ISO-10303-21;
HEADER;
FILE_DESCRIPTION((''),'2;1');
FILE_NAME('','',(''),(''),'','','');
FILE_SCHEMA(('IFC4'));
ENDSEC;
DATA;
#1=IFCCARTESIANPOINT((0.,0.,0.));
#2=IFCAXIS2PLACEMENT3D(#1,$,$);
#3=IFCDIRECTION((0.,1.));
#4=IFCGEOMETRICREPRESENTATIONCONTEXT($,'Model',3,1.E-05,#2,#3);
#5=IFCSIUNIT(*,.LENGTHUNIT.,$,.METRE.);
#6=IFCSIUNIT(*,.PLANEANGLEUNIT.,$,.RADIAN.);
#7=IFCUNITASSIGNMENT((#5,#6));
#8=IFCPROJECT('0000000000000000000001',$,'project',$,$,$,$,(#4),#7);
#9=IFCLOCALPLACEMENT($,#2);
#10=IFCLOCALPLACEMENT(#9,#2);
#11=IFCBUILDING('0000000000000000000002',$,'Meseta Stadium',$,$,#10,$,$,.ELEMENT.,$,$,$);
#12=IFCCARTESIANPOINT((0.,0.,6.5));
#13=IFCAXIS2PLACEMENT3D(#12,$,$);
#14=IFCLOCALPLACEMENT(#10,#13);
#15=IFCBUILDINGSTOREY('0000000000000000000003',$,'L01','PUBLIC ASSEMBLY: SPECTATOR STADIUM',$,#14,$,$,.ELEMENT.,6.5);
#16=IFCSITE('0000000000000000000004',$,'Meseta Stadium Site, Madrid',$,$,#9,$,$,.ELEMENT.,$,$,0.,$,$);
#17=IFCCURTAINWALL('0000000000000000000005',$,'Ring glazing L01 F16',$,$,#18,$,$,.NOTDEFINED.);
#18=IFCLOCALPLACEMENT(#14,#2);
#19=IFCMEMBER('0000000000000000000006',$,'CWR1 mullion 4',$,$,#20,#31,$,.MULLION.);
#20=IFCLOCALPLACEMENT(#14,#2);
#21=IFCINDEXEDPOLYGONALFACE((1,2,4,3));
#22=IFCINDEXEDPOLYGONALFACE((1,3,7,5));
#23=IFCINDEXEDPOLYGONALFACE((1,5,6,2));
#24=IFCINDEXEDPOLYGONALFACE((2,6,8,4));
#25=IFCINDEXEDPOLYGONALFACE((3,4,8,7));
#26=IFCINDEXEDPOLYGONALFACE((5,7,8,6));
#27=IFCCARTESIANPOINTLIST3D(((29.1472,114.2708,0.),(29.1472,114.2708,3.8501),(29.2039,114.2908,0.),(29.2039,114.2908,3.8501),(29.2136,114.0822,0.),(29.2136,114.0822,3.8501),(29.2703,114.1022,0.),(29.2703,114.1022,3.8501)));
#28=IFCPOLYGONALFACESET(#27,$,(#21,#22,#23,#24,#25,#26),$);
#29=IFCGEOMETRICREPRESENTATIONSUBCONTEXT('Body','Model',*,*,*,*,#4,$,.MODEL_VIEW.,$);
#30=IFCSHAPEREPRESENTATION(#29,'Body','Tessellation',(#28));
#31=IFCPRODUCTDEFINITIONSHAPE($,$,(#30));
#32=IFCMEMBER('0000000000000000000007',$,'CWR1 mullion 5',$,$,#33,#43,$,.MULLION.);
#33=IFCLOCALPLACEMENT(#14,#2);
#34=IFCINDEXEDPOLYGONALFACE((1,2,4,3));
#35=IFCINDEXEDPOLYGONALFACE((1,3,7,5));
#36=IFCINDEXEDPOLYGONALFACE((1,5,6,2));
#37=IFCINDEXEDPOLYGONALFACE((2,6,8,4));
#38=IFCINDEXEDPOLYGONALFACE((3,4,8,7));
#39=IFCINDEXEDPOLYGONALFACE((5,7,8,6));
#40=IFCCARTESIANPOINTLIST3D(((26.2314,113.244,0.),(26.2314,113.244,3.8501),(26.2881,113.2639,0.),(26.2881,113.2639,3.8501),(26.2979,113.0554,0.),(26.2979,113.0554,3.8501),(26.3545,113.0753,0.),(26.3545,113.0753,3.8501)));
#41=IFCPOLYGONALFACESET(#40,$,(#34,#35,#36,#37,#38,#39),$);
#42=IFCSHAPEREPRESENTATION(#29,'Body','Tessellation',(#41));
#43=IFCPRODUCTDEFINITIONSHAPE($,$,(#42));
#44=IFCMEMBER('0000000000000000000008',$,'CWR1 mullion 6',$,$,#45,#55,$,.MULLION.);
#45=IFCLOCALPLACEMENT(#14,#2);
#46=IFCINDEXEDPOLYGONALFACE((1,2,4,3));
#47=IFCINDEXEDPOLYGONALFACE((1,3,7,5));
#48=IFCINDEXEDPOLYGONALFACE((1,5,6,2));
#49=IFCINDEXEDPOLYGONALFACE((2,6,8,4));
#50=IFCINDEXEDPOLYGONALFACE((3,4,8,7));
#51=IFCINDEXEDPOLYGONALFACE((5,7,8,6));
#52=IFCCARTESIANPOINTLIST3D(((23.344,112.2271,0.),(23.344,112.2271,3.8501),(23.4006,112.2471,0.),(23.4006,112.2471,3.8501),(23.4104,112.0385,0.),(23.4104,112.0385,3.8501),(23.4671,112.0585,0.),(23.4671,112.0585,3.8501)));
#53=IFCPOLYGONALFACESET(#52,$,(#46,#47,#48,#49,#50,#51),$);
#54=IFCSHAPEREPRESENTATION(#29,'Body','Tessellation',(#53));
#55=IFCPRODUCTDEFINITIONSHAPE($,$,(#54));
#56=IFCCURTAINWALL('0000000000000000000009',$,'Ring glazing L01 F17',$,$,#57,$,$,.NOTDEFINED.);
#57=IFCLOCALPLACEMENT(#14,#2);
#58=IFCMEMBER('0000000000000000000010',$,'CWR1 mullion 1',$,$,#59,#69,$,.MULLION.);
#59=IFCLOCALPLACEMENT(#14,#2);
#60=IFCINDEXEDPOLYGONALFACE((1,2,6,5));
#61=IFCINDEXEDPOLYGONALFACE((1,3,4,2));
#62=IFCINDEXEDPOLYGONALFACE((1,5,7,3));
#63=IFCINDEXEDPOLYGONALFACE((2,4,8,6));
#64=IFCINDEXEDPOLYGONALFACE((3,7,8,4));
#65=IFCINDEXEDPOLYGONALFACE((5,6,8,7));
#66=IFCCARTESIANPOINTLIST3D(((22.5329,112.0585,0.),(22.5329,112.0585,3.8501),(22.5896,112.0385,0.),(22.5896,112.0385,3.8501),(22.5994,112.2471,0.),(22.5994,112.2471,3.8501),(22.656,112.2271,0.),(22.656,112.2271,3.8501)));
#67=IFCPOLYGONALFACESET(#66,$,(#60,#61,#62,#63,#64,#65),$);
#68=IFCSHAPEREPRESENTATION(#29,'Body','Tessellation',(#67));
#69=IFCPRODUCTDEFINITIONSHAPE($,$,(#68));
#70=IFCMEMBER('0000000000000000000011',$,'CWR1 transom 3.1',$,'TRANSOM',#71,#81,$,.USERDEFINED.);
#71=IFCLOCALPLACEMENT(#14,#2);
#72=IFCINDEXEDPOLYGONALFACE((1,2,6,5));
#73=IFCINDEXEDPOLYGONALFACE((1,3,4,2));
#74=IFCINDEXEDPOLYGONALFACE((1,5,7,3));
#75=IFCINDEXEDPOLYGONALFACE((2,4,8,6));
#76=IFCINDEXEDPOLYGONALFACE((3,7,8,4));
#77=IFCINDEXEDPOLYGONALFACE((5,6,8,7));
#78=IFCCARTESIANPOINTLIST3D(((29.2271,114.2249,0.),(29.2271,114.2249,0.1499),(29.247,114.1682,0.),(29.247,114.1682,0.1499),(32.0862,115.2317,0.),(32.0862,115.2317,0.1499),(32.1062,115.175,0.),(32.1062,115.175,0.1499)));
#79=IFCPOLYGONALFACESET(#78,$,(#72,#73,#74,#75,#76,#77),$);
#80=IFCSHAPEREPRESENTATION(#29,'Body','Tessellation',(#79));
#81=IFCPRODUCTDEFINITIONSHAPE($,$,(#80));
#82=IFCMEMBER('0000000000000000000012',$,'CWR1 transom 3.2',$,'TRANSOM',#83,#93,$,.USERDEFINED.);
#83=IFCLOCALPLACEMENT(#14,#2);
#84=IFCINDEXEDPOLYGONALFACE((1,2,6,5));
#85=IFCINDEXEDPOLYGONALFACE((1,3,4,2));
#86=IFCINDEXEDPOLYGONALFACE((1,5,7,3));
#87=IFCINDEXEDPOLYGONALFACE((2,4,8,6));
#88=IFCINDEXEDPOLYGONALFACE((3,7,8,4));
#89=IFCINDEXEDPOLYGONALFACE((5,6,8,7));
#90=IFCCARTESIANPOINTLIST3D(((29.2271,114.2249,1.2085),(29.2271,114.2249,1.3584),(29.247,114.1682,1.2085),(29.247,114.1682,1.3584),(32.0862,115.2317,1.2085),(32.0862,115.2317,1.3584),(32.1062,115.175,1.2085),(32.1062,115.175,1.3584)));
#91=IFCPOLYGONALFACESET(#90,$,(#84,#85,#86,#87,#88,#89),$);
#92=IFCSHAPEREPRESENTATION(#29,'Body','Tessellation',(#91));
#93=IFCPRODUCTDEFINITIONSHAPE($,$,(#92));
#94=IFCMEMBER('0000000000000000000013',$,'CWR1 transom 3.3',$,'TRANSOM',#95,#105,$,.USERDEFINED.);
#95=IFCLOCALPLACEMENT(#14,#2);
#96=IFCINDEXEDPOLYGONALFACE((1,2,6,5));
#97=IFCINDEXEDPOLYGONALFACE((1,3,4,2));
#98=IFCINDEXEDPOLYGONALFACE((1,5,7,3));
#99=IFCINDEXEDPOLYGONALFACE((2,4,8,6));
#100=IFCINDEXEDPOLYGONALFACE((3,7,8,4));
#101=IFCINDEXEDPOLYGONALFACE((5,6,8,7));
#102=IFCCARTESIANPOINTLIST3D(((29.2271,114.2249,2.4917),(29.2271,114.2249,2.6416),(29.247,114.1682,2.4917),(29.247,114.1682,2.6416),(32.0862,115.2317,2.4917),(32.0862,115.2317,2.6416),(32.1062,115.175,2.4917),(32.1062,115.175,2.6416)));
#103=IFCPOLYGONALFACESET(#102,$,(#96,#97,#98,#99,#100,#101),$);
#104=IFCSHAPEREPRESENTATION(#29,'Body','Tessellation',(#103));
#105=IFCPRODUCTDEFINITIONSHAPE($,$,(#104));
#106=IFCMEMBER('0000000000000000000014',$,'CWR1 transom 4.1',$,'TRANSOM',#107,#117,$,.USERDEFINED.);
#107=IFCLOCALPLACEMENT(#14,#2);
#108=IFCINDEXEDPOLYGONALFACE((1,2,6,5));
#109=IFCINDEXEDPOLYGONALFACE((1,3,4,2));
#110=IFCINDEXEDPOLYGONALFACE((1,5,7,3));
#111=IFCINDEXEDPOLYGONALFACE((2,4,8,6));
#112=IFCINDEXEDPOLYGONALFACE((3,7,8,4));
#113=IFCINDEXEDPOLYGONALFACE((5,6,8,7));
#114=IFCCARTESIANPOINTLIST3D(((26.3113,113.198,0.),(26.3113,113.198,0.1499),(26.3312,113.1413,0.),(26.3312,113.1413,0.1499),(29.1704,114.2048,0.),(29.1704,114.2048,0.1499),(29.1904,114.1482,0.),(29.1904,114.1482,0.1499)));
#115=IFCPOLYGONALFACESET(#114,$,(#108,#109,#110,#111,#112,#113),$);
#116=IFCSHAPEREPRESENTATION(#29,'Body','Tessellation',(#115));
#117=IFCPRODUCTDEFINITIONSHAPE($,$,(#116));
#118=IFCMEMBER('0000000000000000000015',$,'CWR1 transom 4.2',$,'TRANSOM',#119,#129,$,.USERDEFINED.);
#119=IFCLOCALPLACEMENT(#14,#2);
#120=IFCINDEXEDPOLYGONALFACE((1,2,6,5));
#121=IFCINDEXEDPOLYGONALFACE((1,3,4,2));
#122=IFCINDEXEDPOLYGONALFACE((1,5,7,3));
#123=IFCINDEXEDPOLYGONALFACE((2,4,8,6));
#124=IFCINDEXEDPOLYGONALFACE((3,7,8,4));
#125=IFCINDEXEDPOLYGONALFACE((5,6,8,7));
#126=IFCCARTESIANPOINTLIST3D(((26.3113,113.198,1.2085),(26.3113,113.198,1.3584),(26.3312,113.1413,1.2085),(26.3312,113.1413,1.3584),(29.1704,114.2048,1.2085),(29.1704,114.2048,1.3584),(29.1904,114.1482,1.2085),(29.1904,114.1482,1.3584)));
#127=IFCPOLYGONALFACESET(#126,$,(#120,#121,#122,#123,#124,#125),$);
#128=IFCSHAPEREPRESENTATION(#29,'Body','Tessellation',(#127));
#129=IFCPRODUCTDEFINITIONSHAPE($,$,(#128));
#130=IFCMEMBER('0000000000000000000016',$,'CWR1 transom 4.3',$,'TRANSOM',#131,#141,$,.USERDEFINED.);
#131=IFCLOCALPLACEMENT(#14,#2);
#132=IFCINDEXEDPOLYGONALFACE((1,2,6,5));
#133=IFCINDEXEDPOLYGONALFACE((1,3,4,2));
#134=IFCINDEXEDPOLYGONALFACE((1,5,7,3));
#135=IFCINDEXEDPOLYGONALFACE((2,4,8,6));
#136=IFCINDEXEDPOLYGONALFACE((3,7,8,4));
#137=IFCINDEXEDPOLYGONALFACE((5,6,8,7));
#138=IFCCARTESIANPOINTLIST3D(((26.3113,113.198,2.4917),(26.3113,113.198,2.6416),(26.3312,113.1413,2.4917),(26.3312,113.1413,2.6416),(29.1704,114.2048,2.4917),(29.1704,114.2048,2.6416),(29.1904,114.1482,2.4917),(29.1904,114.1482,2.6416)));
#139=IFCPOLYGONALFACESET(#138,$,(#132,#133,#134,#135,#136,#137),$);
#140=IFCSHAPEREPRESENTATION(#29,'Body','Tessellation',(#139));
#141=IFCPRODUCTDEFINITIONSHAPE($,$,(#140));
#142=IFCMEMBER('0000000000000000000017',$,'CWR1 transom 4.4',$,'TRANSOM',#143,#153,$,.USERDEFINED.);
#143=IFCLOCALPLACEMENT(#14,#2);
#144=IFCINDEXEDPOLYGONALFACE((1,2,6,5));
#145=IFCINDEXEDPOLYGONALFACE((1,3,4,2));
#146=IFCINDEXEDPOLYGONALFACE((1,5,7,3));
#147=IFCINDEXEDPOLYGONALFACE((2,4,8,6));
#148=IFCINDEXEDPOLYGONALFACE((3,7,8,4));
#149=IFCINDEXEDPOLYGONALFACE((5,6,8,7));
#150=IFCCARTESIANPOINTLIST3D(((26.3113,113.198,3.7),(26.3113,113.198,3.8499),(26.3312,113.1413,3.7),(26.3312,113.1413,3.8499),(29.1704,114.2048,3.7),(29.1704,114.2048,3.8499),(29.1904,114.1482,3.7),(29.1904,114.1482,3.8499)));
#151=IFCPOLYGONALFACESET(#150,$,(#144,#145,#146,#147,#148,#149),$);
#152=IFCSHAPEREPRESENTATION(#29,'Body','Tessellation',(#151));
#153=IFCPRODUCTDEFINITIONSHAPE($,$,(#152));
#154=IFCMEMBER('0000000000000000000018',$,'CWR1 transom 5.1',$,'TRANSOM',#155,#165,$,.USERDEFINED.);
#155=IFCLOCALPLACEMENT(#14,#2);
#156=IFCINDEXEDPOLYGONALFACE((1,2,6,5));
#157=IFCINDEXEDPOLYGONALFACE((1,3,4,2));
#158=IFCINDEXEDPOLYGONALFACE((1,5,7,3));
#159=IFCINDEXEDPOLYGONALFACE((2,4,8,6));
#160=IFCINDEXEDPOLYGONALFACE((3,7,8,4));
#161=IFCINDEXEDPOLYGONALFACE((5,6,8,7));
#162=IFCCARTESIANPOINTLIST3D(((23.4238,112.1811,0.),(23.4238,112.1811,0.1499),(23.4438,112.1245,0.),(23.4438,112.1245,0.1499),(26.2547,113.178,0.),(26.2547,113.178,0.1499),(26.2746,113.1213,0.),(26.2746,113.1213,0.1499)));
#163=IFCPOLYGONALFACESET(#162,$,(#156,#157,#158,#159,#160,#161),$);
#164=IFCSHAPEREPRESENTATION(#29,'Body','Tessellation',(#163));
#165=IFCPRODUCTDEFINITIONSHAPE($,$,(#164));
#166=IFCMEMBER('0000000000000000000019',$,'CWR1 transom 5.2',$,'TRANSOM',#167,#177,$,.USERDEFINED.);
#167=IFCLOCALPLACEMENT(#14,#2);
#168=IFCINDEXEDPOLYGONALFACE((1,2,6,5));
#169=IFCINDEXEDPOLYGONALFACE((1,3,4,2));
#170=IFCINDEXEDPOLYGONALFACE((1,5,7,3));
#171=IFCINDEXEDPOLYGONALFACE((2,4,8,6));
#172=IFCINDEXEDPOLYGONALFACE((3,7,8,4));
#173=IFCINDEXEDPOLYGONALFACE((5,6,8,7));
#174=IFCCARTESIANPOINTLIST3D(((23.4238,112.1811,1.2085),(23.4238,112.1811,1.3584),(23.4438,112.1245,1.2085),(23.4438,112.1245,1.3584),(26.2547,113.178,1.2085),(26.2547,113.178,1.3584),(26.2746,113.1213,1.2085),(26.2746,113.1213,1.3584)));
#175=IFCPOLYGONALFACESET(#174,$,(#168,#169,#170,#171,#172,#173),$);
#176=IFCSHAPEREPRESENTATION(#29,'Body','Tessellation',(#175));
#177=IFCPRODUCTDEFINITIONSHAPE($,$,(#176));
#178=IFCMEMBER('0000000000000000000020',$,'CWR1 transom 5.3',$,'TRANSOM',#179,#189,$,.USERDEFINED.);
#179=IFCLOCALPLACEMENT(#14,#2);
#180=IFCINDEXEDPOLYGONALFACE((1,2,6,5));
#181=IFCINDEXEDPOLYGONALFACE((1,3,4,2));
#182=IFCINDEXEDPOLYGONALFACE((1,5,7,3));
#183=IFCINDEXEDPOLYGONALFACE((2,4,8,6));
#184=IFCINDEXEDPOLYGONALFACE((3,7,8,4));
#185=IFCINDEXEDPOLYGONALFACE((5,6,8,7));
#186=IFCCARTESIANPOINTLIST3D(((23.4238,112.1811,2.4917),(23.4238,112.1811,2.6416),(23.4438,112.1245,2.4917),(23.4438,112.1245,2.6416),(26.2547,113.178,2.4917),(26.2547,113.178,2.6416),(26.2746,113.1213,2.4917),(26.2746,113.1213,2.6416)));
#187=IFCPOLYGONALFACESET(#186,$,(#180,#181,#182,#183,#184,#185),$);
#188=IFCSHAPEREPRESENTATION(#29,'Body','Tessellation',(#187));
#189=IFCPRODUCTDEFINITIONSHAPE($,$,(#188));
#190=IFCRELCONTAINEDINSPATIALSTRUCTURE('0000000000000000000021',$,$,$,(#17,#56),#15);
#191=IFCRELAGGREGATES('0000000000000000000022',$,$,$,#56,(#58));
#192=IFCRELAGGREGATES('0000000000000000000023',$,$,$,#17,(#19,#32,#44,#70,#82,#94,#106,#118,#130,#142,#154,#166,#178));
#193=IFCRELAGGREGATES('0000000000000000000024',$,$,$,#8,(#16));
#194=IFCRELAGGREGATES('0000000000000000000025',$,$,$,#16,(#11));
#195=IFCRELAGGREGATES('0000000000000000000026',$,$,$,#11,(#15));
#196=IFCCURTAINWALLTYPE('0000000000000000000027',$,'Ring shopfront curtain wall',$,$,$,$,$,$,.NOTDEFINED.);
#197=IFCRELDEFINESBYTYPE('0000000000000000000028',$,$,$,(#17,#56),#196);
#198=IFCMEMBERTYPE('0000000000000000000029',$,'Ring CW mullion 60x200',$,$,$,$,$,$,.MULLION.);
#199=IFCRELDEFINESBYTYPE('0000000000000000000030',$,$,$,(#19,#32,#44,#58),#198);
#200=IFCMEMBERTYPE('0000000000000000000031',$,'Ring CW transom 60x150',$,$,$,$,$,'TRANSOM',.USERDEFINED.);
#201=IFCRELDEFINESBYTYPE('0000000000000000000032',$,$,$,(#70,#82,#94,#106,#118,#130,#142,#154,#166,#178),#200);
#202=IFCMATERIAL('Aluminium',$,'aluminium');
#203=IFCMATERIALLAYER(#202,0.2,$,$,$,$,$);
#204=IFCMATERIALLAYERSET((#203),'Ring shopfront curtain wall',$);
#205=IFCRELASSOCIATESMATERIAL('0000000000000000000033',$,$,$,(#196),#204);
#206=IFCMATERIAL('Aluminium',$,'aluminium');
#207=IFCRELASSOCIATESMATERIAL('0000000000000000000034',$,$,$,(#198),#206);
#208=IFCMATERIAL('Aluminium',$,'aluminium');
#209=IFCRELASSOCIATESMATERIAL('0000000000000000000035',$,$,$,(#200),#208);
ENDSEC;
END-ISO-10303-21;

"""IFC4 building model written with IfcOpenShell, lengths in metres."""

from ifc_helpers import new_model, si_unit, direction, frame, origin, origin_2d, place, context, subcontext, project, spatial, rectangle, extrude, material, layer, layer_set, material_profile, profile_set, type_object, element, aggregate, save


model = new_model("IFC4")

# Units and contexts
model_context = context("Model", 3, precision=1e-05, world=origin(), true_north=direction((0.0, 1.0)))
body_context = subcontext(model_context, "Body", "Model", "MODEL_VIEW")
ifc_project = project(units=[si_unit("LENGTHUNIT", "METRE"), si_unit("PLANEANGLEUNIT", "RADIAN")], contexts=[model_context])

# Site, building, storey
site_placement = place(None, origin())
site = spatial("IfcSite", under=ifc_project, at=site_placement, Name="Meseta Stadium Site, Madrid", CompositionType="ELEMENT", RefElevation=0.0)
building_placement = place(site_placement, origin())
building = spatial("IfcBuilding", under=site, at=building_placement, Name="Meseta Stadium", CompositionType="ELEMENT")
storey_placement = place(building_placement, frame((0.0, 0.0, 6.5)))
storey = spatial("IfcBuildingStorey", under=building, at=storey_placement, Name="L01", Description="PUBLIC ASSEMBLY: SPECTATOR STADIUM", CompositionType="ELEMENT", Elevation=6.5)

# Curtain wall, members
ifc_material_1 = material(Name="Aluminium", Category="aluminium")
ifc_layer_1 = layer(ifc_material_1, 0.2)
ifc_layer_set_1 = layer_set([ifc_layer_1], Name="Ring shopfront curtain wall")
curtain_wall_type = type_object("IfcCurtainWallType", Name="Ring shopfront curtain wall", PredefinedType="NOTDEFINED", material=ifc_layer_set_1)
curtain_wall_1_placement = place(storey_placement, origin())
curtain_wall_1 = element("IfcCurtainWall", 1, at=curtain_wall_1_placement, inside=storey, type_object=curtain_wall_type, Name="Ring glazing L01 F16", PredefinedType="NOTDEFINED")
ifc_material_2 = material(Name="Aluminium", Category="aluminium")
ifc_material_profile_1 = material_profile(ifc_material_2, rectangle(XDim=0.2, YDim=0.0601, at=origin_2d()), Name="CW 200x60")
ifc_profile_set_1 = profile_set([ifc_material_profile_1], Name="Aluminium")
member_type_1 = type_object("IfcMemberType", Name="Ring CW mullion 60x200", PredefinedType="MULLION", material=ifc_profile_set_1)
member_1_placement = place(storey_placement, frame((29.2087, 114.1865, 0.0), z_axis=(0.0, 0.0, 1.0), x_axis=(0.332174, -0.943218, 0.0)))
member_1 = element("IfcMember", 2, at=member_1_placement, type_object=member_type_1, Name="CWR1 mullion 4", PredefinedType="MULLION", context=body_context, shape_type="SweptSolid", body=[
    extrude(rectangle(XDim=0.2, YDim=0.0601, at=origin_2d()), origin(), (0.0, 0.0, 1.0), 3.8501),
])
member_2_placement = place(storey_placement, frame((26.293, 113.1597, 0.0), z_axis=(0.0, 0.0, 1.0), x_axis=(0.332174, -0.943218, 0.0)))
member_2 = element("IfcMember", 3, at=member_2_placement, type_object=member_type_1, Name="CWR1 mullion 5", PredefinedType="MULLION", context=body_context, shape_type="SweptSolid", body=[
    extrude(rectangle(XDim=0.2, YDim=0.0601, at=origin_2d()), origin(), (0.0, 0.0, 1.0), 3.8501),
])
member_3_placement = place(storey_placement, frame((23.4055, 112.1428, 0.0), z_axis=(0.0, 0.0, 1.0), x_axis=(0.332174, -0.943218, 0.0)))
member_3 = element("IfcMember", 4, at=member_3_placement, type_object=member_type_1, Name="CWR1 mullion 6", PredefinedType="MULLION", context=body_context, shape_type="SweptSolid", body=[
    extrude(rectangle(XDim=0.2, YDim=0.0601, at=origin_2d()), origin(), (0.0, 0.0, 1.0), 3.8501),
])

# Curtain wall, member
curtain_wall_2_placement = place(storey_placement, origin())
curtain_wall_2 = element("IfcCurtainWall", 5, at=curtain_wall_2_placement, inside=storey, type_object=curtain_wall_type, Name="Ring glazing L01 F17", PredefinedType="NOTDEFINED")
member_4_placement = place(storey_placement, frame((22.5945, 112.1428, 0.0), z_axis=(0.0, 0.0, 1.0), x_axis=(-0.332174, -0.943218, 0.0)))
member_4 = element("IfcMember", 6, at=member_4_placement, type_object=member_type_1, Name="CWR1 mullion 1", PredefinedType="MULLION", context=body_context, shape_type="SweptSolid", body=[
    extrude(rectangle(XDim=0.2, YDim=0.0601, at=origin_2d()), origin(), (0.0, 0.0, 1.0), 3.8501),
])

# Members
ifc_material_3 = material(Name="Aluminium", Category="aluminium")
ifc_material_profile_2 = material_profile(ifc_material_3, rectangle(XDim=0.0601, YDim=0.1499, at=origin_2d()), Name="CW 60x150")
ifc_profile_set_2 = profile_set([ifc_material_profile_2], Name="Aluminium")
member_type_2 = type_object("IfcMemberType", Name="Ring CW transom 60x150", ElementType="TRANSOM", PredefinedType="USERDEFINED", material=ifc_profile_set_2)
member_5_placement = place(storey_placement, frame((32.0962, 115.2034, 0.075), z_axis=(-0.943225, -0.332154, 0.0), x_axis=(0.332154, -0.943225, 0.0)))
member_5 = element("IfcMember", 7, at=member_5_placement, type_object=member_type_2, Name="CWR1 transom 3.1", ObjectType="TRANSOM", PredefinedType="USERDEFINED", context=body_context, shape_type="SweptSolid", body=[
    extrude(rectangle(XDim=0.0601, YDim=0.1499, at=origin_2d()), origin(), (0.0, 0.0, 1.0), 3.0312),
])
member_6_placement = place(storey_placement, frame((32.0962, 115.2034, 1.2834), z_axis=(-0.943225, -0.332154, 0.0), x_axis=(0.332154, -0.943225, 0.0)))
member_6 = element("IfcMember", 8, at=member_6_placement, type_object=member_type_2, Name="CWR1 transom 3.2", ObjectType="TRANSOM", PredefinedType="USERDEFINED", context=body_context, shape_type="SweptSolid", body=[
    extrude(rectangle(XDim=0.0601, YDim=0.1499, at=origin_2d()), origin(), (0.0, 0.0, 1.0), 3.0312),
])
member_7_placement = place(storey_placement, frame((32.0962, 115.2034, 2.5667), z_axis=(-0.943225, -0.332154, 0.0), x_axis=(0.332154, -0.943225, 0.0)))
member_7 = element("IfcMember", 9, at=member_7_placement, type_object=member_type_2, Name="CWR1 transom 3.3", ObjectType="TRANSOM", PredefinedType="USERDEFINED", context=body_context, shape_type="SweptSolid", body=[
    extrude(rectangle(XDim=0.0601, YDim=0.1499, at=origin_2d()), origin(), (0.0, 0.0, 1.0), 3.0312),
])
member_8_placement = place(storey_placement, frame((29.1804, 114.1765, 0.075), z_axis=(-0.943225, -0.332154, 0.0), x_axis=(0.332154, -0.943225, 0.0)))
member_8 = element("IfcMember", 10, at=member_8_placement, type_object=member_type_2, Name="CWR1 transom 4.1", ObjectType="TRANSOM", PredefinedType="USERDEFINED", context=body_context, shape_type="SweptSolid", body=[
    extrude(rectangle(XDim=0.0601, YDim=0.1499, at=origin_2d()), origin(), (0.0, 0.0, 1.0), 3.0312),
])
member_9_placement = place(storey_placement, frame((29.1804, 114.1765, 1.2834), z_axis=(-0.943225, -0.332154, 0.0), x_axis=(0.332154, -0.943225, 0.0)))
member_9 = element("IfcMember", 11, at=member_9_placement, type_object=member_type_2, Name="CWR1 transom 4.2", ObjectType="TRANSOM", PredefinedType="USERDEFINED", context=body_context, shape_type="SweptSolid", body=[
    extrude(rectangle(XDim=0.0601, YDim=0.1499, at=origin_2d()), origin(), (0.0, 0.0, 1.0), 3.0312),
])
member_10_placement = place(storey_placement, frame((29.1804, 114.1765, 2.5667), z_axis=(-0.943225, -0.332154, 0.0), x_axis=(0.332154, -0.943225, 0.0)))
member_10 = element("IfcMember", 12, at=member_10_placement, type_object=member_type_2, Name="CWR1 transom 4.3", ObjectType="TRANSOM", PredefinedType="USERDEFINED", context=body_context, shape_type="SweptSolid", body=[
    extrude(rectangle(XDim=0.0601, YDim=0.1499, at=origin_2d()), origin(), (0.0, 0.0, 1.0), 3.0312),
])
member_11_placement = place(storey_placement, frame((29.1804, 114.1765, 3.7749), z_axis=(-0.943225, -0.332154, 0.0), x_axis=(0.332154, -0.943225, 0.0)))
member_11 = element("IfcMember", 13, at=member_11_placement, type_object=member_type_2, Name="CWR1 transom 4.4", ObjectType="TRANSOM", PredefinedType="USERDEFINED", context=body_context, shape_type="SweptSolid", body=[
    extrude(rectangle(XDim=0.0601, YDim=0.1499, at=origin_2d()), origin(), (0.0, 0.0, 1.0), 3.0312),
])
member_12_placement = place(storey_placement, frame((26.2646, 113.1497, 0.075), z_axis=(-0.943229, -0.332143, 0.0), x_axis=(0.332143, -0.943229, 0.0)))
member_12 = element("IfcMember", 14, at=member_12_placement, type_object=member_type_2, Name="CWR1 transom 5.1", ObjectType="TRANSOM", PredefinedType="USERDEFINED", context=body_context, shape_type="SweptSolid", body=[
    extrude(rectangle(XDim=0.0601, YDim=0.1499, at=origin_2d()), origin(), (0.0, 0.0, 1.0), 3.0012),
])
member_13_placement = place(storey_placement, frame((26.2646, 113.1497, 1.2834), z_axis=(-0.943229, -0.332143, 0.0), x_axis=(0.332143, -0.943229, 0.0)))
member_13 = element("IfcMember", 15, at=member_13_placement, type_object=member_type_2, Name="CWR1 transom 5.2", ObjectType="TRANSOM", PredefinedType="USERDEFINED", context=body_context, shape_type="SweptSolid", body=[
    extrude(rectangle(XDim=0.0601, YDim=0.1499, at=origin_2d()), origin(), (0.0, 0.0, 1.0), 3.0012),
])
member_14_placement = place(storey_placement, frame((26.2646, 113.1497, 2.5667), z_axis=(-0.943229, -0.332143, 0.0), x_axis=(0.332143, -0.943229, 0.0)))
member_14 = element("IfcMember", 16, at=member_14_placement, type_object=member_type_2, Name="CWR1 transom 5.3", ObjectType="TRANSOM", PredefinedType="USERDEFINED", context=body_context, shape_type="SweptSolid", body=[
    extrude(rectangle(XDim=0.0601, YDim=0.1499, at=origin_2d()), origin(), (0.0, 0.0, 1.0), 3.0012),
])
aggregate(curtain_wall_2, [member_4])

aggregate(curtain_wall_1, [member_1, member_2, member_3, member_5, member_6, member_7, member_8, member_9, member_10, member_11, member_12, member_13, member_14])

save(model, "model.ifc")
